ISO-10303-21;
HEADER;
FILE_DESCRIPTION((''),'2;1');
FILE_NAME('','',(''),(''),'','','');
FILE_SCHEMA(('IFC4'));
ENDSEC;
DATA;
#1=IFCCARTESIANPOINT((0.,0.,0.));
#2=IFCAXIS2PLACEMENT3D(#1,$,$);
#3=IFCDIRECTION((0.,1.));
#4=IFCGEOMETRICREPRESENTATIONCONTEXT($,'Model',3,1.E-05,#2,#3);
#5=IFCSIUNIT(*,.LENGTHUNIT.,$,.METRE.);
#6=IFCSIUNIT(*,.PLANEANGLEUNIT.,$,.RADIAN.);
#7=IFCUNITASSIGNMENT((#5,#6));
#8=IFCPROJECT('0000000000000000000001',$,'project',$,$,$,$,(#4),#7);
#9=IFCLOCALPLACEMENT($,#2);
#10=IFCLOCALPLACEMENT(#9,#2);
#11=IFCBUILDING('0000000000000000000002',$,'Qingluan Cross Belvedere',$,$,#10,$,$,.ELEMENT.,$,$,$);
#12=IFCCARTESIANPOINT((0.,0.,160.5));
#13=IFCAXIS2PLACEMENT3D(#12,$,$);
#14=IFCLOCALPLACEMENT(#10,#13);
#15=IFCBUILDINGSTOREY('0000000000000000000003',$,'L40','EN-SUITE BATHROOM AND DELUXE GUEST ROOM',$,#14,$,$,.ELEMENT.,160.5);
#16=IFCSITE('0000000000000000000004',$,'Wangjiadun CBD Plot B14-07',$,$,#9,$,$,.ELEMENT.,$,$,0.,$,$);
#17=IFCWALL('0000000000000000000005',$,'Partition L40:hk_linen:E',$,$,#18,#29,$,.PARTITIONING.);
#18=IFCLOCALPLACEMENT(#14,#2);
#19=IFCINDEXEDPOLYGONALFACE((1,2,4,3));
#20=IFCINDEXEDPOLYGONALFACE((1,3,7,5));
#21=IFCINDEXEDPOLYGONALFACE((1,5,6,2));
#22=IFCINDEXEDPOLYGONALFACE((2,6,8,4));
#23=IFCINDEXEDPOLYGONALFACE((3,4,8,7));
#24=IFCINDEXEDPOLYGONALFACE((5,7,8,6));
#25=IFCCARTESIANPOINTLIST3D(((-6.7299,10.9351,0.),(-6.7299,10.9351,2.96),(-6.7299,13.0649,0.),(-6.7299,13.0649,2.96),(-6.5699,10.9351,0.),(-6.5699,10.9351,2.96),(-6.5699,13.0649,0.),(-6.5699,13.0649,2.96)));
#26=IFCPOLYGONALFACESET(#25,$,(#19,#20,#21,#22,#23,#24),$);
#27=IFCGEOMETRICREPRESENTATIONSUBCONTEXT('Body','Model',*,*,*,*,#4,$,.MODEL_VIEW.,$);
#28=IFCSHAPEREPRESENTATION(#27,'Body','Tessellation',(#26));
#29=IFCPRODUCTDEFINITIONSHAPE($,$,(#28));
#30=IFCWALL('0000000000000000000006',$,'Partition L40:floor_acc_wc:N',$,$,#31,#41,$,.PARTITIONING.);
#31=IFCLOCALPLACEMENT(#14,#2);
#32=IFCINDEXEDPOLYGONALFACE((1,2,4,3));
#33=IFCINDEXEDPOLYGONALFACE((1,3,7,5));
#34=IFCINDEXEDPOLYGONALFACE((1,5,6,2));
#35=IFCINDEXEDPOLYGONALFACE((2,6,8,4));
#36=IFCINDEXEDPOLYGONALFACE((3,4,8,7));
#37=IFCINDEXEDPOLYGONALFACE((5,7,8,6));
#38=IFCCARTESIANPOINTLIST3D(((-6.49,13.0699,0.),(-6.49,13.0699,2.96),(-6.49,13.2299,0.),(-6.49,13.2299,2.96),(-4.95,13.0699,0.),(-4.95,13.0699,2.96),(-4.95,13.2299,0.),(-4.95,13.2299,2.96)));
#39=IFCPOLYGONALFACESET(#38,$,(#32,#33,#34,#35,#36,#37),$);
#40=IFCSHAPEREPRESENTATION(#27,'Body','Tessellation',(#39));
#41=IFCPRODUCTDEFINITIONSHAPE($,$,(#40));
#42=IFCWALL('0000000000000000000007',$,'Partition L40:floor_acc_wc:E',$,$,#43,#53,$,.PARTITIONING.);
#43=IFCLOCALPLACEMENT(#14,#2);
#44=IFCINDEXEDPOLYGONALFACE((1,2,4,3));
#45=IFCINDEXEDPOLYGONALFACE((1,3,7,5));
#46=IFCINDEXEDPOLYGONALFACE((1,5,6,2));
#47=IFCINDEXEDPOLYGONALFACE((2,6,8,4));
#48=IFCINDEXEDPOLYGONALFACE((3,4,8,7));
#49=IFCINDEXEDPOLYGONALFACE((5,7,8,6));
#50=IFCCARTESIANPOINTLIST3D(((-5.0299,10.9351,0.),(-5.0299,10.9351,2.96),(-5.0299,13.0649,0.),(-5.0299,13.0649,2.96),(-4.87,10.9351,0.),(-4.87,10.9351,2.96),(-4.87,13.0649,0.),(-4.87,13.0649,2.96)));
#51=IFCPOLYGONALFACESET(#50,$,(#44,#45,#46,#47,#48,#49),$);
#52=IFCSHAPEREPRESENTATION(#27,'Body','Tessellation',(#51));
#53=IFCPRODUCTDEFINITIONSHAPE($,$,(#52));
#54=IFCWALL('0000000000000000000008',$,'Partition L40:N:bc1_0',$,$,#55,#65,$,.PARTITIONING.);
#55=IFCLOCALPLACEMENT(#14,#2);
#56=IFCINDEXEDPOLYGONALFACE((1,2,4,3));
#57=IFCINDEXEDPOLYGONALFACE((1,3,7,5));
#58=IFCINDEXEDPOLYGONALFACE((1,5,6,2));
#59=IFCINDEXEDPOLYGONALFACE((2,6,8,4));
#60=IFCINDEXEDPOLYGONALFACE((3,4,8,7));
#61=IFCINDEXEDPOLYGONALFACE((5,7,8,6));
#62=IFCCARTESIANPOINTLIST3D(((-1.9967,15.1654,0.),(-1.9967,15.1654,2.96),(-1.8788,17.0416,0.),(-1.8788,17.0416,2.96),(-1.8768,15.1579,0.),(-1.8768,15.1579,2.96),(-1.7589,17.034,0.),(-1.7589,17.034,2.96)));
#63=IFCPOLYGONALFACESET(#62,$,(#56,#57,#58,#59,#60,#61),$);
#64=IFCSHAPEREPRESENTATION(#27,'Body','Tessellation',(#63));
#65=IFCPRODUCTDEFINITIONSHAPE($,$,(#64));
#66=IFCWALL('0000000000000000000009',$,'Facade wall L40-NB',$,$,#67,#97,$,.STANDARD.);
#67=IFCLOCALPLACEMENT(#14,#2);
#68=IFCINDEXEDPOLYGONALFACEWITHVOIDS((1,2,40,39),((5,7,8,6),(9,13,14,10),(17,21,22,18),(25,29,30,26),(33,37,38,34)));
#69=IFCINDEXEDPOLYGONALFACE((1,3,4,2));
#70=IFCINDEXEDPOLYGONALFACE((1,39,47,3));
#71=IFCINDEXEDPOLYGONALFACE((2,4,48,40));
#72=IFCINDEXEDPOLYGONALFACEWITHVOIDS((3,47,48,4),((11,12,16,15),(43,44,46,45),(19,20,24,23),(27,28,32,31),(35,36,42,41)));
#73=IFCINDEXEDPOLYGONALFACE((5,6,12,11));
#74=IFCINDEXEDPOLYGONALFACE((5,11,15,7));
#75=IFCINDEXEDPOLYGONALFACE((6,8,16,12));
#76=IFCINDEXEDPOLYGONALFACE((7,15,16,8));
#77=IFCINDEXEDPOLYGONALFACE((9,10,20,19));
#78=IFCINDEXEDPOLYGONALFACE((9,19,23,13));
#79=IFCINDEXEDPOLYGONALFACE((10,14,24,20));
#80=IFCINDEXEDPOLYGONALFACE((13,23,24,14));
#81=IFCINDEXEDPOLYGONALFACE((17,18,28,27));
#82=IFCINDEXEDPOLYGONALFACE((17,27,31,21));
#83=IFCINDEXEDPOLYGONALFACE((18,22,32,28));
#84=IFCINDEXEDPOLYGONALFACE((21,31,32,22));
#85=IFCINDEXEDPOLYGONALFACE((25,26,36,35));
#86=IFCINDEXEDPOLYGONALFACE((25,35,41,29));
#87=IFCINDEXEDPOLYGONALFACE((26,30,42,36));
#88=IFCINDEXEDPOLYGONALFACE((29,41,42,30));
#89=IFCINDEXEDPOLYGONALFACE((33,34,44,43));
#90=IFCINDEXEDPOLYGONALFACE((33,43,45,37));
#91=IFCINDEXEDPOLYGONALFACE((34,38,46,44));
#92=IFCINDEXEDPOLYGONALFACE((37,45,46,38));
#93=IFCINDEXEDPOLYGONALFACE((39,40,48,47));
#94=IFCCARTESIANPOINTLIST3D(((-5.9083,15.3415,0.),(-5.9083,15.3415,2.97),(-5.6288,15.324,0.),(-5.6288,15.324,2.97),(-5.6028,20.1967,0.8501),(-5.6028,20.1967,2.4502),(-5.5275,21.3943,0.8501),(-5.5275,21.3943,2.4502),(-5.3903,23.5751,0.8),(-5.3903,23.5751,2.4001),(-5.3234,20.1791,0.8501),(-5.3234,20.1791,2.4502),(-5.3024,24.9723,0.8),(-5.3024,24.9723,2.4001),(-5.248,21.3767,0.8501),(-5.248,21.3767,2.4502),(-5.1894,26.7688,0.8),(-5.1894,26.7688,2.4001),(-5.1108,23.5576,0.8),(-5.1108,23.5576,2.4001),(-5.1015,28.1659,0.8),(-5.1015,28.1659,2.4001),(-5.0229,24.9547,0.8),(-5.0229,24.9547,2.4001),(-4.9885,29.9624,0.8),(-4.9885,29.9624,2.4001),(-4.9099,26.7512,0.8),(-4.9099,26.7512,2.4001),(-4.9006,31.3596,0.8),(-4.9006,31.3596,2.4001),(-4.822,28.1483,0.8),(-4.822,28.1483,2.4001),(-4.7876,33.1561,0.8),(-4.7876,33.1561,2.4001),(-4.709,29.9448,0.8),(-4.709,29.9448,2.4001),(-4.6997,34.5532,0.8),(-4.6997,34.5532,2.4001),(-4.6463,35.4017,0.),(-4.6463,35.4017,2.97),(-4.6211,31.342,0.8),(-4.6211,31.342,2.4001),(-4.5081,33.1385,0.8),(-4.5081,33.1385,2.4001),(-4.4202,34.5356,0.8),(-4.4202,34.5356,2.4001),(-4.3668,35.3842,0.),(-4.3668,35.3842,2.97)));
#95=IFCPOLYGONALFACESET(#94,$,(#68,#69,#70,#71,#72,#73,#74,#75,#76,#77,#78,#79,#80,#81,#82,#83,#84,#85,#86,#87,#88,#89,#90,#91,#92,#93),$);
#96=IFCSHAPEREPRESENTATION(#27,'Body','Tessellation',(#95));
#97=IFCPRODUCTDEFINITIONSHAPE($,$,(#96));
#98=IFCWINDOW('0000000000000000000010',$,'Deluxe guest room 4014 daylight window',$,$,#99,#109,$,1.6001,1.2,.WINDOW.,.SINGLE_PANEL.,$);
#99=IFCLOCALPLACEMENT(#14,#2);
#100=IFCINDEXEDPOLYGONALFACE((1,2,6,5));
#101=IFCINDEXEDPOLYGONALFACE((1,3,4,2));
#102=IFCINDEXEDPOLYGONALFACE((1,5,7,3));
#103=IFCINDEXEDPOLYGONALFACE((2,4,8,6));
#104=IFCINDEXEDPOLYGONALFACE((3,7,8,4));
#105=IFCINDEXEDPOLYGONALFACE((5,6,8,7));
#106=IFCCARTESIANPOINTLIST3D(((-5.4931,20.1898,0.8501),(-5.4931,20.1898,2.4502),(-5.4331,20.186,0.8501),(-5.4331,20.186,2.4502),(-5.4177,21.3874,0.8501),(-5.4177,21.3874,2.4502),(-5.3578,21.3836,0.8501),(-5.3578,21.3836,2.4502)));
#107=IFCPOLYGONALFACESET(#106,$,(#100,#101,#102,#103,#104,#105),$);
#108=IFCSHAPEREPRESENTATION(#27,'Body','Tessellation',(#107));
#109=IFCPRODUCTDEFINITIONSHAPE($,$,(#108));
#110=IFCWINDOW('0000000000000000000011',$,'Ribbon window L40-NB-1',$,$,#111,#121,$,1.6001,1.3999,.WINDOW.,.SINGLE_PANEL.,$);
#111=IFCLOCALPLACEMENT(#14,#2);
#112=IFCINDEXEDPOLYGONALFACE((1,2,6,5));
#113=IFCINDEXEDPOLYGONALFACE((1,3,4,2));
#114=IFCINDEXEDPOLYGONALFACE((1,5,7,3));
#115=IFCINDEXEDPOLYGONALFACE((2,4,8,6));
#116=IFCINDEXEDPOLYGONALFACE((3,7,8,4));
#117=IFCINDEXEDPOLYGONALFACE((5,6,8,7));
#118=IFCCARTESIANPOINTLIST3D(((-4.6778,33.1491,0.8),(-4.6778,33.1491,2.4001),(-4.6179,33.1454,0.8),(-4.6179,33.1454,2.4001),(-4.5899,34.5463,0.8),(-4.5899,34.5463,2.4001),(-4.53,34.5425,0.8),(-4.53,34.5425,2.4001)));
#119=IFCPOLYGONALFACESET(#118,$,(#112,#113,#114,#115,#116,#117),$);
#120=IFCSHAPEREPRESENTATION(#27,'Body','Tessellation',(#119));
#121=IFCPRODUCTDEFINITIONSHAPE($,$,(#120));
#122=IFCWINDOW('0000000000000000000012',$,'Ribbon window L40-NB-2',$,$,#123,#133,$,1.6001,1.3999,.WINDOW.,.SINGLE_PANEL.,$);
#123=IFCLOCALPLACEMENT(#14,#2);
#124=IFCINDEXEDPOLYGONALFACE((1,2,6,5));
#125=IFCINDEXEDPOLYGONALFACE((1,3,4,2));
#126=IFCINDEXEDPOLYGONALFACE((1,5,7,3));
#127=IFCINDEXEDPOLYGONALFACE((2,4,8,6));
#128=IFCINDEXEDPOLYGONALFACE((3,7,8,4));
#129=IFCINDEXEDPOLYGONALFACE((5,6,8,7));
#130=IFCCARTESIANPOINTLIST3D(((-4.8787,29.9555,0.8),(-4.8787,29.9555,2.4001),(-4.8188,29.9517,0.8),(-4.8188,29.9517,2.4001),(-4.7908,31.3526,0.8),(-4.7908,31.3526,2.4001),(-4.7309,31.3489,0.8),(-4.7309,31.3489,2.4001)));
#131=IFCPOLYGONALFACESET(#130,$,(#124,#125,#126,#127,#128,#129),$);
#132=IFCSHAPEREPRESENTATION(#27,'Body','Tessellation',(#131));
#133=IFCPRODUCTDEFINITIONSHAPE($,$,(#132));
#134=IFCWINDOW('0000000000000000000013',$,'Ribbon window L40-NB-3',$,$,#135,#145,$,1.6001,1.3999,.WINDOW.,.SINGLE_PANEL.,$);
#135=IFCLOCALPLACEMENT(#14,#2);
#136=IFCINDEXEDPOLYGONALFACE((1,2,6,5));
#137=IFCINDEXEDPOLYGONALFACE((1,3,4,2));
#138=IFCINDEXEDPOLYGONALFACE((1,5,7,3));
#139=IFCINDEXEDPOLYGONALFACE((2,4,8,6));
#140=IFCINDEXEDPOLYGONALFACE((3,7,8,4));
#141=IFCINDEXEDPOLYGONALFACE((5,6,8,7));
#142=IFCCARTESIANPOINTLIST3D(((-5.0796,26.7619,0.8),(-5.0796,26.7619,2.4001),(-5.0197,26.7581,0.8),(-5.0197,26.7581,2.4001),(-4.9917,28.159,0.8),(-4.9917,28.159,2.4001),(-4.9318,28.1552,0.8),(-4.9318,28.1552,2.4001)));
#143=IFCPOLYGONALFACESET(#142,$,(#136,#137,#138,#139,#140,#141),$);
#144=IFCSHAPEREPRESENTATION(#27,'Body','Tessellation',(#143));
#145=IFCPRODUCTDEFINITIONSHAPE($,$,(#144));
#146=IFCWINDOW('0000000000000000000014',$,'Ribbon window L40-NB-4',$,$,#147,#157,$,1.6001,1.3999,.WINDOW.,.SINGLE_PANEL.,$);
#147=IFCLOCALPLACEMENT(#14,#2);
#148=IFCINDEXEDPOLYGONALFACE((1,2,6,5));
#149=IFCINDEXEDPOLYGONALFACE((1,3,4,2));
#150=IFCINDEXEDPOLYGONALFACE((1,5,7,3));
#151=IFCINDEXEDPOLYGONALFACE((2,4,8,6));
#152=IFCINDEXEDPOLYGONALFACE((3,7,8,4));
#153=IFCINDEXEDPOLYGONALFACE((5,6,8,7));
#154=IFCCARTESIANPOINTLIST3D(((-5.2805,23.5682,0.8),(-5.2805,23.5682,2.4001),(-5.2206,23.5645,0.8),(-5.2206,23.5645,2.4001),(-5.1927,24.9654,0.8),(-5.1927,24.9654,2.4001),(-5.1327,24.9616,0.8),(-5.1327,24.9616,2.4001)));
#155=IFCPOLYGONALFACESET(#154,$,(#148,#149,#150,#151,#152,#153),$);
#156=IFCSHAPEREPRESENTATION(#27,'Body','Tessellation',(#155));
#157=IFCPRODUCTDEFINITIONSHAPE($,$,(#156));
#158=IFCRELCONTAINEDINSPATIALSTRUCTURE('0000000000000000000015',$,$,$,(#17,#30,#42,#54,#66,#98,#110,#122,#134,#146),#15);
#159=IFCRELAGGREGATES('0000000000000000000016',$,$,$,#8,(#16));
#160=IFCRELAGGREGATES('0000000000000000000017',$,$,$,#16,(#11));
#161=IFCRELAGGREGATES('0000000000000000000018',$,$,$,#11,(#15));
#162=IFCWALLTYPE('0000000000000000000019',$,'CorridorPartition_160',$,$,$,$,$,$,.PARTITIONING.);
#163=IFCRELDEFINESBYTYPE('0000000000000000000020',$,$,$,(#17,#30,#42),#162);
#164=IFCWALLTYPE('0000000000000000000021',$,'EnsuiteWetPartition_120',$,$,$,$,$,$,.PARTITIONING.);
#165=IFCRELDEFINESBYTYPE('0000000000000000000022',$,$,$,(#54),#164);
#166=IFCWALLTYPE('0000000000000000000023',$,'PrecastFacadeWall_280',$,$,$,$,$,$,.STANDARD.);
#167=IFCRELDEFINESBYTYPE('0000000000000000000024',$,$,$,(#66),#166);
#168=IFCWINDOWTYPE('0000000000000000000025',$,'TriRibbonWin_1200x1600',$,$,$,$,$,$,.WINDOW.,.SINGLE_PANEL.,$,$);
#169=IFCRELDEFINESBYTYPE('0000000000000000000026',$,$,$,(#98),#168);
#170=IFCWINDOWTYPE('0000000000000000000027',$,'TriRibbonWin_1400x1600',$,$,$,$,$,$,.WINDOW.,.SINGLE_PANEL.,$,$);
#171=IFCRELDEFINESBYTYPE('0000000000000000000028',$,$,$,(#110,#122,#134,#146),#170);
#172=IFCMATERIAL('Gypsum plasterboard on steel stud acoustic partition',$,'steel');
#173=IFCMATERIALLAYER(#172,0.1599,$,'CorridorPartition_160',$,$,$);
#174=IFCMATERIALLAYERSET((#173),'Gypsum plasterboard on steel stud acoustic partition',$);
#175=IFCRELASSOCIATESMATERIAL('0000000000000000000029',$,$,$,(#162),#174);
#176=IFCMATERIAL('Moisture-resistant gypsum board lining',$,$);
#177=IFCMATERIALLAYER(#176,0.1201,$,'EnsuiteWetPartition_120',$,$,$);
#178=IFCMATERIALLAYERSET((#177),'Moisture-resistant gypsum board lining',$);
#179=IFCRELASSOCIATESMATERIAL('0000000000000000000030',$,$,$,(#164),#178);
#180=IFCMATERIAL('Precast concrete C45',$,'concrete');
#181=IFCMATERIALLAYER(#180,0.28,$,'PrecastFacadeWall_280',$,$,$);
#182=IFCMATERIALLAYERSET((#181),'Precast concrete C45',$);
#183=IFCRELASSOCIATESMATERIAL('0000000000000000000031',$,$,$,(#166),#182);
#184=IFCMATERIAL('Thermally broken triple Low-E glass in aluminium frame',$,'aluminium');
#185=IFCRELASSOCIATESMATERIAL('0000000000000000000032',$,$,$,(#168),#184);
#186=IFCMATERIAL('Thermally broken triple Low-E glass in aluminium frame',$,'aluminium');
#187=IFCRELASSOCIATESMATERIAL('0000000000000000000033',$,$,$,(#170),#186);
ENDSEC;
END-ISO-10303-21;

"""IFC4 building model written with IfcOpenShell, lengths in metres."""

from ifc_helpers import new_model, si_unit, direction, frame, frame_2d, origin, place, context, subcontext, project, spatial, rectangle, extrude, material, layer, layer_set, type_object, element, fill, save


model = new_model("IFC4")

# Units and contexts
model_context = context("Model", 3, precision=1e-05, world=origin(), true_north=direction((0.0, 1.0)))
body_context = subcontext(model_context, "Body", "Model", "MODEL_VIEW")
ifc_project = project(units=[si_unit("LENGTHUNIT", "METRE"), si_unit("PLANEANGLEUNIT", "RADIAN")], contexts=[model_context])

# Site, building, storey
site_placement = place(None, origin())
site = spatial("IfcSite", under=ifc_project, at=site_placement, Name="Wangjiadun CBD Plot B14-07", CompositionType="ELEMENT", RefElevation=0.0)
building_placement = place(site_placement, origin())
building = spatial("IfcBuilding", under=site, at=building_placement, Name="Qingluan Cross Belvedere", CompositionType="ELEMENT")
storey_placement = place(building_placement, frame((0.0, 0.0, 160.5)))
storey = spatial("IfcBuildingStorey", under=building, at=storey_placement, Name="L40", Description="EN-SUITE BATHROOM AND DELUXE GUEST ROOM", CompositionType="ELEMENT", Elevation=160.5)

# Shared definitions
ifc_material_1 = material(Name="Gypsum plasterboard on steel stud acoustic partition", Category="steel")
ifc_layer_1 = layer(ifc_material_1, 0.1599, Name="CorridorPartition_160")
ifc_layer_set_1 = layer_set([ifc_layer_1], Name="Gypsum plasterboard on steel stud acoustic partition")
wall_type_1 = type_object("IfcWallType", Name="CorridorPartition_160", PredefinedType="PARTITIONING", material=ifc_layer_set_1)

# Wall
wall_1_placement = place(storey_placement, frame((-6.6499, 10.9351, 0.0), z_axis=(0.0, 0.0, 1.0), x_axis=(0.0, 1.0, 0.0)))
element("IfcWall", 1, at=wall_1_placement, inside=storey, type_object=wall_type_1, Name="Partition L40:hk_linen:E", PredefinedType="PARTITIONING", context=body_context, shape_type="SweptSolid", body=[
    extrude(rectangle(XDim=2.1299, YDim=0.1599, at=frame_2d((1.0649, 0.0))), origin(), (0.0, 0.0, 1.0), 2.96),
])

# Walls
wall_2_placement = place(storey_placement, frame((-6.49, 13.1499, 0.0), z_axis=(0.0, 0.0, 1.0), x_axis=(1.0, 0.0, 0.0)))
element("IfcWall", 2, at=wall_2_placement, inside=storey, type_object=wall_type_1, Name="Partition L40:floor_acc_wc:N", PredefinedType="PARTITIONING", context=body_context, shape_type="SweptSolid", body=[
    extrude(rectangle(XDim=1.54, YDim=0.1599, at=frame_2d((0.77, 0.0))), origin(), (0.0, 0.0, 1.0), 2.96),
])
wall_3_placement = place(storey_placement, frame((-4.95, 10.9351, 0.0), z_axis=(0.0, 0.0, 1.0), x_axis=(0.0, 1.0, 0.0)))
element("IfcWall", 3, at=wall_3_placement, inside=storey, type_object=wall_type_1, Name="Partition L40:floor_acc_wc:E", PredefinedType="PARTITIONING", context=body_context, shape_type="SweptSolid", body=[
    extrude(rectangle(XDim=2.1299, YDim=0.1599, at=frame_2d((1.0649, 0.0))), origin(), (0.0, 0.0, 1.0), 2.96),
])
ifc_material_2 = material(Name="Moisture-resistant gypsum board lining")
ifc_layer_2 = layer(ifc_material_2, 0.1201, Name="EnsuiteWetPartition_120")
ifc_layer_set_2 = layer_set([ifc_layer_2], Name="Moisture-resistant gypsum board lining")
wall_type_2 = type_object("IfcWallType", Name="EnsuiteWetPartition_120", PredefinedType="PARTITIONING", material=ifc_layer_set_2)
wall_4_placement = place(storey_placement, frame((-1.9368, 15.1616, 0.0), z_axis=(0.0, 0.0, 1.0), x_axis=(0.062726, 0.998031, 0.0)))
element("IfcWall", 4, at=wall_4_placement, inside=storey, type_object=wall_type_2, Name="Partition L40:N:bc1_0", PredefinedType="PARTITIONING", context=body_context, shape_type="SweptSolid", body=[
    extrude(rectangle(XDim=1.8799, YDim=0.1201, at=frame_2d((0.9399, 0.0))), origin(), (0.0, 0.0, 1.0), 2.96),
])

# Wall, openings, windows
ifc_material_3 = material(Name="Precast concrete C45", Category="concrete")
ifc_layer_3 = layer(ifc_material_3, 0.28, Name="PrecastFacadeWall_280")
ifc_layer_set_3 = layer_set([ifc_layer_3], Name="Precast concrete C45")
wall_type_3 = type_object("IfcWallType", Name="PrecastFacadeWall_280", PredefinedType="STANDARD", material=ifc_layer_set_3)
wall_5_placement = place(storey_placement, frame((-4.5066, 35.3928, 0.0), z_axis=(0.0, 0.0, 1.0), x_axis=(-0.062784, -0.998027, 0.0)))
wall_5 = element("IfcWall", 5, at=wall_5_placement, inside=storey, type_object=wall_type_3, Name="Facade wall L40-NB", PredefinedType="STANDARD", context=body_context, shape_type="SweptSolid", body=[
    extrude(rectangle(XDim=20.0999, YDim=0.28, at=frame_2d((10.0498, 0.0))), origin(), (0.0, 0.0, 1.0), 2.97),
])
opening_1_placement = place(wall_5_placement, frame((0.8501, 0.0, 0.8)))
opening_1 = element("IfcOpeningElement", 6, at=opening_1_placement, cuts=wall_5, PredefinedType="OPENING", context=body_context, shape_type="SweptSolid", body=[
    extrude(rectangle(XDim=1.3999, YDim=1.6001, at=frame_2d((0.7, 0.8))), frame((0.0, 0.1499, 0.0), z_axis=(0.0, -1.0, 0.0), x_axis=(1.0, 0.0, 0.0)), (0.0, 0.0, 1.0), 0.3),
])
opening_2_placement = place(wall_5_placement, frame((4.05, 0.0, 0.8)))
opening_2 = element("IfcOpeningElement", 7, at=opening_2_placement, cuts=wall_5, PredefinedType="OPENING", context=body_context, shape_type="SweptSolid", body=[
    extrude(rectangle(XDim=1.3999, YDim=1.6001, at=frame_2d((0.7, 0.8))), frame((0.0, 0.1499, 0.0), z_axis=(0.0, -1.0, 0.0), x_axis=(1.0, 0.0, 0.0)), (0.0, 0.0, 1.0), 0.3),
])
opening_3_placement = place(wall_5_placement, frame((7.25, 0.0, 0.8)))
opening_3 = element("IfcOpeningElement", 8, at=opening_3_placement, cuts=wall_5, PredefinedType="OPENING", context=body_context, shape_type="SweptSolid", body=[
    extrude(rectangle(XDim=1.3999, YDim=1.6001, at=frame_2d((0.7, 0.8))), frame((0.0, 0.1499, 0.0), z_axis=(0.0, -1.0, 0.0), x_axis=(1.0, 0.0, 0.0)), (0.0, 0.0, 1.0), 0.3),
])
opening_4_placement = place(wall_5_placement, frame((10.45, 0.0, 0.8)))
opening_4 = element("IfcOpeningElement", 9, at=opening_4_placement, cuts=wall_5, PredefinedType="OPENING", context=body_context, shape_type="SweptSolid", body=[
    extrude(rectangle(XDim=1.3999, YDim=1.6001, at=frame_2d((0.7, 0.8))), frame((0.0, 0.1499, 0.0), z_axis=(0.0, -1.0, 0.0), x_axis=(1.0, 0.0, 0.0)), (0.0, 0.0, 1.0), 0.3),
])
opening_5_placement = place(wall_5_placement, frame((14.0349, 0.0, 0.8501)))
opening_5 = element("IfcOpeningElement", 10, at=opening_5_placement, cuts=wall_5, PredefinedType="OPENING", context=body_context, shape_type="SweptSolid", body=[
    extrude(rectangle(XDim=1.2, YDim=1.6001, at=frame_2d((0.6001, 0.8))), frame((0.0, 0.1499, 0.0), z_axis=(0.0, -1.0, 0.0), x_axis=(1.0, 0.0, 0.0)), (0.0, 0.0, 1.0), 0.3),
])
ifc_material_4 = material(Name="Thermally broken triple Low-E glass in aluminium frame", Category="aluminium")
window_type_1 = type_object("IfcWindowType", Name="TriRibbonWin_1200x1600", PartitioningType="SINGLE_PANEL", PredefinedType="WINDOW", material=ifc_material_4)
window_1_placement = place(opening_5_placement, origin())
window_1 = element("IfcWindow", 11, at=window_1_placement, inside=storey, type_object=window_type_1, Name="Deluxe guest room 4014 daylight window", OverallHeight=1.6001, OverallWidth=1.2, PartitioningType="SINGLE_PANEL", PredefinedType="WINDOW", context=body_context, shape_type="SweptSolid", body=[
    extrude(rectangle(XDim=1.2, YDim=1.6001, at=frame_2d((0.6001, 0.8))), frame((0.0, 0.03, 0.0), z_axis=(0.0, -1.0, 0.0), x_axis=(1.0, 0.0, 0.0)), (0.0, 0.0, 1.0), 0.0601),
])
fill(opening_5, window_1)
ifc_material_5 = material(Name="Thermally broken triple Low-E glass in aluminium frame", Category="aluminium")
window_type_2 = type_object("IfcWindowType", Name="TriRibbonWin_1400x1600", PartitioningType="SINGLE_PANEL", PredefinedType="WINDOW", material=ifc_material_5)
window_2_placement = place(opening_1_placement, origin())
window_2 = element("IfcWindow", 12, at=window_2_placement, inside=storey, type_object=window_type_2, Name="Ribbon window L40-NB-1", OverallHeight=1.6001, OverallWidth=1.3999, PartitioningType="SINGLE_PANEL", PredefinedType="WINDOW", context=body_context, shape_type="SweptSolid", body=[
    extrude(rectangle(XDim=1.3999, YDim=1.6001, at=frame_2d((0.7, 0.8))), frame((0.0, 0.03, 0.0), z_axis=(0.0, -1.0, 0.0), x_axis=(1.0, 0.0, 0.0)), (0.0, 0.0, 1.0), 0.0601),
])
fill(opening_1, window_2)
window_3_placement = place(opening_2_placement, origin())
window_3 = element("IfcWindow", 13, at=window_3_placement, inside=storey, type_object=window_type_2, Name="Ribbon window L40-NB-2", OverallHeight=1.6001, OverallWidth=1.3999, PartitioningType="SINGLE_PANEL", PredefinedType="WINDOW", context=body_context, shape_type="SweptSolid", body=[
    extrude(rectangle(XDim=1.3999, YDim=1.6001, at=frame_2d((0.7, 0.8))), frame((0.0, 0.03, 0.0), z_axis=(0.0, -1.0, 0.0), x_axis=(1.0, 0.0, 0.0)), (0.0, 0.0, 1.0), 0.0601),
])
fill(opening_2, window_3)
window_4_placement = place(opening_3_placement, origin())
window_4 = element("IfcWindow", 14, at=window_4_placement, inside=storey, type_object=window_type_2, Name="Ribbon window L40-NB-3", OverallHeight=1.6001, OverallWidth=1.3999, PartitioningType="SINGLE_PANEL", PredefinedType="WINDOW", context=body_context, shape_type="SweptSolid", body=[
    extrude(rectangle(XDim=1.3999, YDim=1.6001, at=frame_2d((0.7, 0.8))), frame((0.0, 0.03, 0.0), z_axis=(0.0, -1.0, 0.0), x_axis=(1.0, 0.0, 0.0)), (0.0, 0.0, 1.0), 0.0601),
])
fill(opening_3, window_4)
window_5_placement = place(opening_4_placement, origin())
window_5 = element("IfcWindow", 15, at=window_5_placement, inside=storey, type_object=window_type_2, Name="Ribbon window L40-NB-4", OverallHeight=1.6001, OverallWidth=1.3999, PartitioningType="SINGLE_PANEL", PredefinedType="WINDOW", context=body_context, shape_type="SweptSolid", body=[
    extrude(rectangle(XDim=1.3999, YDim=1.6001, at=frame_2d((0.7, 0.8))), frame((0.0, 0.03, 0.0), z_axis=(0.0, -1.0, 0.0), x_axis=(1.0, 0.0, 0.0)), (0.0, 0.0, 1.0), 0.0601),
])
fill(opening_4, window_5)

save(model, "model.ifc")
